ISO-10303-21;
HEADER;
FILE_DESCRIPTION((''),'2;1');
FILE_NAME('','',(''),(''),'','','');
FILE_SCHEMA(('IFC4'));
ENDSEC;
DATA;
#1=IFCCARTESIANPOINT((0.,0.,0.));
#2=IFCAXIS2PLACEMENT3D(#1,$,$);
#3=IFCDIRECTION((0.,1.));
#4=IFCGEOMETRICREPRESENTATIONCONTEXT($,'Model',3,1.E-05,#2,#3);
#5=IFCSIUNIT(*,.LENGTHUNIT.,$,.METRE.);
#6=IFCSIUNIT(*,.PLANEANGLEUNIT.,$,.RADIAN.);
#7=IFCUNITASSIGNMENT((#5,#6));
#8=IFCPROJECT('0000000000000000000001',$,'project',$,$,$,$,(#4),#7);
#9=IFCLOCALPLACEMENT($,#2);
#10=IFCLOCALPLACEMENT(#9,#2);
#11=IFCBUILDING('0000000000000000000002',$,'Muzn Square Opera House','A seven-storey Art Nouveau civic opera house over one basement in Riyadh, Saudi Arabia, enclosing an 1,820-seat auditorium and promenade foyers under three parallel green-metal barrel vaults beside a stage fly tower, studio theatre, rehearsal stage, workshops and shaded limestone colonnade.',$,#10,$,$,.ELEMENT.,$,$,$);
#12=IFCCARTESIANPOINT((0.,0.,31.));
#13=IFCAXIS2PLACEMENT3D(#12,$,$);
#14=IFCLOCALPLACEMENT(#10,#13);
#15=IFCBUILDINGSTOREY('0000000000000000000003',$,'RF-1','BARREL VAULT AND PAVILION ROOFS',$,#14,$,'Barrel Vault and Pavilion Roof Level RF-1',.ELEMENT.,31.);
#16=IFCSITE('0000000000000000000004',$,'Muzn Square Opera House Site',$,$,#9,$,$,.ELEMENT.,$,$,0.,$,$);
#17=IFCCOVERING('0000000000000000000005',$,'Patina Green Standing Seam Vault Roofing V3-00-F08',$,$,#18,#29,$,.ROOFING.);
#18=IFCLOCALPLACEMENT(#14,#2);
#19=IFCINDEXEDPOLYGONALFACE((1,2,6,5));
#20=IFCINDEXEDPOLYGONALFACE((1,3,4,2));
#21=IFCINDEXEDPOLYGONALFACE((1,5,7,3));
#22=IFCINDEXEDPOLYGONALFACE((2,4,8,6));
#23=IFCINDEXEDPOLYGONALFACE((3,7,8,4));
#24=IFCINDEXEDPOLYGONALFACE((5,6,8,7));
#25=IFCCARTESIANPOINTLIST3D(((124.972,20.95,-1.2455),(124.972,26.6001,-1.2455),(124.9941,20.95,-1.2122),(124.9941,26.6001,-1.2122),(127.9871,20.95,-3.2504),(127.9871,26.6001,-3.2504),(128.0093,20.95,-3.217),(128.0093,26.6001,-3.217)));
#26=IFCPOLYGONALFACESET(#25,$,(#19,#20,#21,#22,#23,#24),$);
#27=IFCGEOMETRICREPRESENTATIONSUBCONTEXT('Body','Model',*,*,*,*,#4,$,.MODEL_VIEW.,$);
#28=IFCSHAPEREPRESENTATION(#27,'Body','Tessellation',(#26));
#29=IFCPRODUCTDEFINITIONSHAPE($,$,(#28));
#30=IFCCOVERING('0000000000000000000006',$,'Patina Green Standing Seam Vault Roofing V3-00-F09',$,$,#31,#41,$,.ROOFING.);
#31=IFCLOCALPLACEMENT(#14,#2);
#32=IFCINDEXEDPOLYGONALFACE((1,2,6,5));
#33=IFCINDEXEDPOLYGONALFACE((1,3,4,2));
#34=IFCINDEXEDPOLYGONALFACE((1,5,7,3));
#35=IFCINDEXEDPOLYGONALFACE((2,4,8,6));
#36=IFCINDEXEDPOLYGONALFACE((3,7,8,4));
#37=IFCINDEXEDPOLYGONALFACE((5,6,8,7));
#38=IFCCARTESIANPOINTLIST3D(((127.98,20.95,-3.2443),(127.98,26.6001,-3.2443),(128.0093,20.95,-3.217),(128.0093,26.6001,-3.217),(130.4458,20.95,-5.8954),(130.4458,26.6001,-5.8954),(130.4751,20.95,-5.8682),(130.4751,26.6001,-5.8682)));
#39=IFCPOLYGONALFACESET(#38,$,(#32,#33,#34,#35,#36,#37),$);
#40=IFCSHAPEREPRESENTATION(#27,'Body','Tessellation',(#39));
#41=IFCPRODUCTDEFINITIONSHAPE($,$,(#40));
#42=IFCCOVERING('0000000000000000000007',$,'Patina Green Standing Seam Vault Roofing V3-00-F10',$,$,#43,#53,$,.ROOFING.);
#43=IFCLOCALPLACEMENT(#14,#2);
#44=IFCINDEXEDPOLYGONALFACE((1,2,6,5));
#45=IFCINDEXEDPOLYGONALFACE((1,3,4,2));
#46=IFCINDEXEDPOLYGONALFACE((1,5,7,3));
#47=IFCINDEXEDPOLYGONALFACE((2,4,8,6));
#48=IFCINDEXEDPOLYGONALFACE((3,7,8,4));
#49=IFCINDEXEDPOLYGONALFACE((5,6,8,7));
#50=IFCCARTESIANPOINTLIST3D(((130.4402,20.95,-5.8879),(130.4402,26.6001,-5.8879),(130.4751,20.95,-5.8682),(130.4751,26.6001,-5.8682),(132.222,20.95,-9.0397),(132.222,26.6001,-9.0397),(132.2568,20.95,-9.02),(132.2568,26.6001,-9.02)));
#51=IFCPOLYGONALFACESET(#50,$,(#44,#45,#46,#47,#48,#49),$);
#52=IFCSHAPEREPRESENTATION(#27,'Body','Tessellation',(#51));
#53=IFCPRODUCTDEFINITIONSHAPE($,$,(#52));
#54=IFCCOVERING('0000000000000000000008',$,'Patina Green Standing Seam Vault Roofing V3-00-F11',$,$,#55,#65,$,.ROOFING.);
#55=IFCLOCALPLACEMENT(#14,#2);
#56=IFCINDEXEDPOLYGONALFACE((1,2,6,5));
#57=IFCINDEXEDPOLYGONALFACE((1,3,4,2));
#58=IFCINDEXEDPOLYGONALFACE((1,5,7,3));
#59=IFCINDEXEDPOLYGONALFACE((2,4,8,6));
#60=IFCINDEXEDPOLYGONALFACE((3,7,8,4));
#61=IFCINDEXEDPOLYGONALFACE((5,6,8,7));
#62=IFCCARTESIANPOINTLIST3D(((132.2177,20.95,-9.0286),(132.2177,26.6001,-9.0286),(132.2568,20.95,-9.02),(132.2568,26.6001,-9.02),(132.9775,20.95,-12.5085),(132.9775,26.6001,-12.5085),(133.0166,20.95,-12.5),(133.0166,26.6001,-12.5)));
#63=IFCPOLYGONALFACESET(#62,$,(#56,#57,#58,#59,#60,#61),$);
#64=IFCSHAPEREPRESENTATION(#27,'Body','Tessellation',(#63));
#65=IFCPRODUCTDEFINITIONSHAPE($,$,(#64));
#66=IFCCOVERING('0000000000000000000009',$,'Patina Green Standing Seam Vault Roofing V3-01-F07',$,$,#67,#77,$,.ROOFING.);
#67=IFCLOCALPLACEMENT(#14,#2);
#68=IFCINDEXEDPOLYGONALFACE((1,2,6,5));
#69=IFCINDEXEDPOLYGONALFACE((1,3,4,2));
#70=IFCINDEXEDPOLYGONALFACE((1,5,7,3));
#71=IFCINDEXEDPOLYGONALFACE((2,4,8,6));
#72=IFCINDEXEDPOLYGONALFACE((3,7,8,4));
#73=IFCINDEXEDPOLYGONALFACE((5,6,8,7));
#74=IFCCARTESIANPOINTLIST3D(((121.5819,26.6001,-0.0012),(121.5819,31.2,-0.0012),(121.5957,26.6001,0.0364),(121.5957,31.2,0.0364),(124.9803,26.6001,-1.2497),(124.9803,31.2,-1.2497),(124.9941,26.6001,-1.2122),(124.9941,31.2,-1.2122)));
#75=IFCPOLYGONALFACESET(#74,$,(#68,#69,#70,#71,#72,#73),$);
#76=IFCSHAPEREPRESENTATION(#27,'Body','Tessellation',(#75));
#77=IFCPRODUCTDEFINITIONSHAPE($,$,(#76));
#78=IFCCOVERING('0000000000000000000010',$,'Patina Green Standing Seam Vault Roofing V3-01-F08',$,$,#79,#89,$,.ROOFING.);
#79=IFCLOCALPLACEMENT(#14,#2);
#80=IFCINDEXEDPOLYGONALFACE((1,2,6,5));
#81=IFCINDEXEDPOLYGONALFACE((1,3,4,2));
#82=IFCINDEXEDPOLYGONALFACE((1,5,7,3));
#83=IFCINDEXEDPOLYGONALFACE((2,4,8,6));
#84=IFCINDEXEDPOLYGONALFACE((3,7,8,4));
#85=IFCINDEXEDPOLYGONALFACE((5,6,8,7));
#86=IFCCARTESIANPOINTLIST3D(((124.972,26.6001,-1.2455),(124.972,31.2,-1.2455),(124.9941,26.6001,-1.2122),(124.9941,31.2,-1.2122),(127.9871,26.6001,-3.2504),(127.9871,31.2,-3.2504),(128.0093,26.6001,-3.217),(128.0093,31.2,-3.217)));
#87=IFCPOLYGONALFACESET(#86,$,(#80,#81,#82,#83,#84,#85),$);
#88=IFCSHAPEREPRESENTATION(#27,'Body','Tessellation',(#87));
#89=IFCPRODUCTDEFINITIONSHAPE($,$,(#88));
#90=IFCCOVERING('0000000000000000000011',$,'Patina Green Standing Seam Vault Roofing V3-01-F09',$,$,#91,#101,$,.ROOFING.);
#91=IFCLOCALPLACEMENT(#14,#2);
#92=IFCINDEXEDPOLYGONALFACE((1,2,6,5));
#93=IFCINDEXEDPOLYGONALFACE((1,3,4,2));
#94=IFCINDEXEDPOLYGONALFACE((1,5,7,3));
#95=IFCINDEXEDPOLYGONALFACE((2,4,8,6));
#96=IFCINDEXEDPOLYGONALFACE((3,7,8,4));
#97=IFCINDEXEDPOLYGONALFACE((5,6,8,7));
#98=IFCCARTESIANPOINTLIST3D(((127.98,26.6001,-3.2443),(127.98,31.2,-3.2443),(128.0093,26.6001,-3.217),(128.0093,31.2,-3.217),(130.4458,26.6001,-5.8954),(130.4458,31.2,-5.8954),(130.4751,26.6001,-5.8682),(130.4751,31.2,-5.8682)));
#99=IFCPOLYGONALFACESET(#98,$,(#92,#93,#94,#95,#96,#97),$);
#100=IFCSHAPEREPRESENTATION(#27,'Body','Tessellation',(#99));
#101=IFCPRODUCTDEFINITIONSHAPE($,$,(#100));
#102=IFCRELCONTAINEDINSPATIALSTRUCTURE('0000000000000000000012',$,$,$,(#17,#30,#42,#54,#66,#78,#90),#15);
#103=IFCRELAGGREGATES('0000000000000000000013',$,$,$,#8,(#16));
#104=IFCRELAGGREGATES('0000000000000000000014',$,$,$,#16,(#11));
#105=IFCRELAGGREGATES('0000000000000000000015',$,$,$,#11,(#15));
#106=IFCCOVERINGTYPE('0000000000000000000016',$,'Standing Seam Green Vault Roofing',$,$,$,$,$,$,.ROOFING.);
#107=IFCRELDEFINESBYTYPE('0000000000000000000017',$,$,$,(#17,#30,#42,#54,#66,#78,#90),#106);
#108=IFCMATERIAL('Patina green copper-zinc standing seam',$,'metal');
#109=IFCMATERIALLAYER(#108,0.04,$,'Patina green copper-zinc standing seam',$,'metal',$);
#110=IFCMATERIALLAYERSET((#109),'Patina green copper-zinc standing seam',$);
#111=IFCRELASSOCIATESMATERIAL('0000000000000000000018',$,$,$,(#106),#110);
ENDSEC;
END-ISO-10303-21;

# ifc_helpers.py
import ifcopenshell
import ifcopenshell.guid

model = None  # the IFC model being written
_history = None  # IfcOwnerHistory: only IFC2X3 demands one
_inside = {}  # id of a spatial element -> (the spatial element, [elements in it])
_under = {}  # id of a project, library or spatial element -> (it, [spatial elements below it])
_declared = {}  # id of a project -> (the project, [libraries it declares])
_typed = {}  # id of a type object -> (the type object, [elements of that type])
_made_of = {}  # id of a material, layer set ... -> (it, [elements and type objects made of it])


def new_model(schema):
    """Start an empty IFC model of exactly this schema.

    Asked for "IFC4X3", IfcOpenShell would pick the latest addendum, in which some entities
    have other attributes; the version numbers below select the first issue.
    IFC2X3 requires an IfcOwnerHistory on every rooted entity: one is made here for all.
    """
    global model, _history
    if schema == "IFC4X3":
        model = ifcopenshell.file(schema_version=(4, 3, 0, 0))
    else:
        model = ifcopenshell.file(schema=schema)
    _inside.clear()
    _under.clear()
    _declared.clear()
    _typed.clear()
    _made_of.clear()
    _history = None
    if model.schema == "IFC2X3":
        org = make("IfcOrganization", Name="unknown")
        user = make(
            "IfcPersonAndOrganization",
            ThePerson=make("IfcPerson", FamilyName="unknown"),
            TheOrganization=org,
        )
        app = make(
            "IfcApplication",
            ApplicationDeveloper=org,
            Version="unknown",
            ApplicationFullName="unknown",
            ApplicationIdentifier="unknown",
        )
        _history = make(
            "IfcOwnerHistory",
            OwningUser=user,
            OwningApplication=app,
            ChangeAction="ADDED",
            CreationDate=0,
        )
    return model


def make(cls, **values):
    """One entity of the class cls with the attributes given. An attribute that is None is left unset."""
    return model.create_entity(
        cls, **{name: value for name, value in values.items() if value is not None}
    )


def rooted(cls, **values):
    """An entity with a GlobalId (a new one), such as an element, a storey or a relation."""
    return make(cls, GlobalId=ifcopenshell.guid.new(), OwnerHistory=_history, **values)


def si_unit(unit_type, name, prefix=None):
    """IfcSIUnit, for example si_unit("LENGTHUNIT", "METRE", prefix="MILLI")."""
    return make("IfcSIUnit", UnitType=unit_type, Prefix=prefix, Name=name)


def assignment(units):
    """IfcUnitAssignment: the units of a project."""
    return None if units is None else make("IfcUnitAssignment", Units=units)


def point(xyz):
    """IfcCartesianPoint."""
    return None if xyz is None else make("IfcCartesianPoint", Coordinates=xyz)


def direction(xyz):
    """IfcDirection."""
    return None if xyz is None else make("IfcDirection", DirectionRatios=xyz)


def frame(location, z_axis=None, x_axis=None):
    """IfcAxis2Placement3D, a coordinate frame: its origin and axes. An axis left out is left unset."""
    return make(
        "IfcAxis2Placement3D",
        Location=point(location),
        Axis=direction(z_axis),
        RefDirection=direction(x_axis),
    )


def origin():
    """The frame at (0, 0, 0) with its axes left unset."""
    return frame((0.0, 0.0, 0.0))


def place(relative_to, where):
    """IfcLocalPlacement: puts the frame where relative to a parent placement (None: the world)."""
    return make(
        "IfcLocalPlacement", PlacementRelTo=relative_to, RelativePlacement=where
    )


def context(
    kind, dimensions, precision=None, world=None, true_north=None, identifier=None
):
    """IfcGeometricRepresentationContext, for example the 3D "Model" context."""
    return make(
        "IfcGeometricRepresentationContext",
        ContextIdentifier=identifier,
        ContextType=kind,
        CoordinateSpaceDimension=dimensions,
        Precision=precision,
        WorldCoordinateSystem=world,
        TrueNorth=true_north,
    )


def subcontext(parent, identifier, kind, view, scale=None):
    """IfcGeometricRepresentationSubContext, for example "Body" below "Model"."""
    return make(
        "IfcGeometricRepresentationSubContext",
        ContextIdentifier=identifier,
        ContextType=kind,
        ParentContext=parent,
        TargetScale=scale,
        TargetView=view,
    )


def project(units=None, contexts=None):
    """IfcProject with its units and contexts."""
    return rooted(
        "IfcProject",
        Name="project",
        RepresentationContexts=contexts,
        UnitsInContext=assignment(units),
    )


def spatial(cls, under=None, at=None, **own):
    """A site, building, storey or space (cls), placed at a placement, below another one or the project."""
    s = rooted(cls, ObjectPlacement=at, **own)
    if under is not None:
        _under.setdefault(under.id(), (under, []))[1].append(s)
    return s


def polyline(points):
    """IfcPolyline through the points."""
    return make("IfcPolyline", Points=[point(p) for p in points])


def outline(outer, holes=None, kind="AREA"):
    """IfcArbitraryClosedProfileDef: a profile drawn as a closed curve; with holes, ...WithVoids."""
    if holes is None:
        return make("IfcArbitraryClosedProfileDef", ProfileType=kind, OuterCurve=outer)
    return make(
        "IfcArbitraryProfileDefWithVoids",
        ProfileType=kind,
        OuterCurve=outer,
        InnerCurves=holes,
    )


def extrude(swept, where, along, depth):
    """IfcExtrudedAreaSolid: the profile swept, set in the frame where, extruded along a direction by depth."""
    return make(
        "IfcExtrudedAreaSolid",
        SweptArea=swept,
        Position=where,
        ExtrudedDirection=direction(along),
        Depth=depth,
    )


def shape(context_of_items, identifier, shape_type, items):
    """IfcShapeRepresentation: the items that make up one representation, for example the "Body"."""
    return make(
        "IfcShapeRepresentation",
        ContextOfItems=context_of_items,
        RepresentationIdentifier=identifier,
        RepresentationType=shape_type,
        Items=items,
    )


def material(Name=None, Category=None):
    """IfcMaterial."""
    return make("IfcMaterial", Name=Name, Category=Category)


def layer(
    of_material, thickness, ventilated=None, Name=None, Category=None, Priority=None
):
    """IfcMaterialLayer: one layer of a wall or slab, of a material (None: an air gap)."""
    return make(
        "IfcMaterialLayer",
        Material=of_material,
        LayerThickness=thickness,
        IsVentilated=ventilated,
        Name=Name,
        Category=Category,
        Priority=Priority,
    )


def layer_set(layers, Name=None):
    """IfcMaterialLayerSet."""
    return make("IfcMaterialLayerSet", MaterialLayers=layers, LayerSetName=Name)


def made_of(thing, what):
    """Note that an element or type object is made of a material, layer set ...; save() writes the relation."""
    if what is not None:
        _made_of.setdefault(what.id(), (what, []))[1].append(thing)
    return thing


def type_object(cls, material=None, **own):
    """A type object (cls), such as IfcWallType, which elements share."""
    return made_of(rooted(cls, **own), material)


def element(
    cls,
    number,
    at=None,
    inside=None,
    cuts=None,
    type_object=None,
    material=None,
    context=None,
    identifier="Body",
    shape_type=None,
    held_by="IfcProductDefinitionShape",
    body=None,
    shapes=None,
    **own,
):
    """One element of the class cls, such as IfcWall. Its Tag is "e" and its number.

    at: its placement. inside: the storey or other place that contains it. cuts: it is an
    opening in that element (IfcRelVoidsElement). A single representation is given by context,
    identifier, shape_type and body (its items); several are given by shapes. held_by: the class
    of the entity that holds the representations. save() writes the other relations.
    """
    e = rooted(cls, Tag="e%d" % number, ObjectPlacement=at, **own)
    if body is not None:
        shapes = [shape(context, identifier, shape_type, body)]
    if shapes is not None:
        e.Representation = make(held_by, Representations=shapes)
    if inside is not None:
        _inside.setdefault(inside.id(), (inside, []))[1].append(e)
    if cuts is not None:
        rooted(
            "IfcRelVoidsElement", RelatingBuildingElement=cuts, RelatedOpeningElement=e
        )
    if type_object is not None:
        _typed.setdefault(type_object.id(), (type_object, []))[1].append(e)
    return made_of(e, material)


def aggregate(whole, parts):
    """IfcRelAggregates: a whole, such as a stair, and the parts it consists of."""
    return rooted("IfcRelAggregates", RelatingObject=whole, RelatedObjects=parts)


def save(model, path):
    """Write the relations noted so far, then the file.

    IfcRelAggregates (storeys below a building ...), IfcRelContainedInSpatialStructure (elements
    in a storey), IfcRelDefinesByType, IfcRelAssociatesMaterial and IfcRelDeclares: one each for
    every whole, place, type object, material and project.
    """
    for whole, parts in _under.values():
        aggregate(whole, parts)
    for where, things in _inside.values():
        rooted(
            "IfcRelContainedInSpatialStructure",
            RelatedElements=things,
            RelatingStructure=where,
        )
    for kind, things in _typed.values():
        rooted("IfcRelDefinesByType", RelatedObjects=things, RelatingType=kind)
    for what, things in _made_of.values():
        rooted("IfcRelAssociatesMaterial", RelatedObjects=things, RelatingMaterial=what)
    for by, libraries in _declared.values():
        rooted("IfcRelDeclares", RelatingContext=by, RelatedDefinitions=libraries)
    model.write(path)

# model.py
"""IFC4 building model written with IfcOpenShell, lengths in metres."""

from ifc_helpers import new_model, si_unit, direction, frame, origin, place, context, subcontext, project, spatial, polyline, outline, extrude, material, layer, layer_set, type_object, element, save


model = new_model("IFC4")

# Units and contexts
model_context = context("Model", 3, precision=1e-05, world=origin(), true_north=direction((0.0, 1.0)))
body_context = subcontext(model_context, "Body", "Model", "MODEL_VIEW")
ifc_project = project(units=[si_unit("LENGTHUNIT", "METRE"), si_unit("PLANEANGLEUNIT", "RADIAN")], contexts=[model_context])

# Site, building, storey
site_placement = place(None, origin())
site = spatial("IfcSite", under=ifc_project, at=site_placement, Name="Muzn Square Opera House Site", CompositionType="ELEMENT", RefElevation=0.0)
building_placement = place(site_placement, origin())
building = spatial("IfcBuilding", under=site, at=building_placement, Name="Muzn Square Opera House", Description="A seven-storey Art Nouveau civic opera house over one basement in Riyadh, Saudi Arabia, enclosing an 1,820-seat auditorium and promenade foyers under three parallel green-metal barrel vaults beside a stage fly tower, studio theatre, rehearsal stage, workshops and shaded limestone colonnade.", CompositionType="ELEMENT")
storey_placement = place(building_placement, frame((0.0, 0.0, 31.0)))
storey = spatial("IfcBuildingStorey", under=building, at=storey_placement, Name="RF-1", Description="BARREL VAULT AND PAVILION ROOFS", LongName="Barrel Vault and Pavilion Roof Level RF-1", CompositionType="ELEMENT", Elevation=31.0)

# Shared definitions
ifc_material_1 = material(Name="Patina green copper-zinc standing seam", Category="metal")

# Coverings
ifc_layer_1 = layer(ifc_material_1, 0.04, Name="Patina green copper-zinc standing seam", Category="metal")
ifc_layer_set_1 = layer_set([ifc_layer_1], Name="Patina green copper-zinc standing seam")
covering_type = type_object("IfcCoveringType", Name="Standing Seam Green Vault Roofing", PredefinedType="ROOFING", material=ifc_layer_set_1)
covering_1_placement = place(storey_placement, frame((124.9941, 20.95, -1.2122), z_axis=(0.553704, 0.0, 0.832714), x_axis=(0.832714, 0.0, -0.553704)))
element("IfcCovering", 1, at=covering_1_placement, inside=storey, type_object=covering_type, Name="Patina Green Standing Seam Vault Roofing V3-00-F08", PredefinedType="ROOFING", context=body_context, shape_type="SweptSolid", body=[
    extrude(outline(polyline([(0.0, 0.0), (3.6209, 0.0), (3.6209, 5.6501), (0.0, 5.6501), (0.0, 0.0)])), origin(), (0.0, 0.0, -1.0), 0.04),
])
covering_2_placement = place(storey_placement, frame((128.0093, 20.95, -3.217), z_axis=(0.732234, 0.0, 0.681053), x_axis=(0.681053, 0.0, -0.732234)))
element("IfcCovering", 2, at=covering_2_placement, inside=storey, type_object=covering_type, Name="Patina Green Standing Seam Vault Roofing V3-00-F09", PredefinedType="ROOFING", context=body_context, shape_type="SweptSolid", body=[
    extrude(outline(polyline([(0.0, 0.0), (3.6206, 0.0), (3.6206, 5.6501), (0.0, 5.6501), (0.0, 0.0)])), origin(), (0.0, 0.0, -1.0), 0.04),
])
covering_3_placement = place(storey_placement, frame((130.4751, 20.95, -5.8682), z_axis=(0.870533, 0.0, 0.492111), x_axis=(0.492111, 0.0, -0.870533)))
element("IfcCovering", 3, at=covering_3_placement, inside=storey, type_object=covering_type, Name="Patina Green Standing Seam Vault Roofing V3-00-F10", PredefinedType="ROOFING", context=body_context, shape_type="SweptSolid", body=[
    extrude(outline(polyline([(0.0, 0.0), (3.6206, 0.0), (3.6206, 5.6501), (0.0, 5.6501), (0.0, 0.0)])), origin(), (0.0, 0.0, -1.0), 0.04),
])
covering_4_placement = place(storey_placement, frame((132.2568, 20.95, -9.02), z_axis=(0.976987, 0.0, 0.2133), x_axis=(0.2133, 0.0, -0.976987)))
element("IfcCovering", 4, at=covering_4_placement, inside=storey, type_object=covering_type, Name="Patina Green Standing Seam Vault Roofing V3-00-F11", PredefinedType="ROOFING", context=body_context, shape_type="SweptSolid", body=[
    extrude(outline(polyline([(0.0, 0.0), (3.562, 0.0), (3.562, 5.6501), (0.0, 5.6501), (0.0, 0.0)])), origin(), (0.0, 0.0, -1.0), 0.04),
])
covering_5_placement = place(storey_placement, frame((121.5957, 26.6001, 0.0364), z_axis=(0.344849, 0.0, 0.938658), x_axis=(0.938658, 0.0, -0.344849)))
element("IfcCovering", 5, at=covering_5_placement, inside=storey, type_object=covering_type, Name="Patina Green Standing Seam Vault Roofing V3-01-F07", PredefinedType="ROOFING", context=body_context, shape_type="SweptSolid", body=[
    extrude(outline(polyline([(0.0, 0.0), (3.6205, 0.0), (3.6205, 4.5999), (0.0, 4.5999), (0.0, 0.0)])), origin(), (0.0, 0.0, -1.0), 0.04),
])
covering_6_placement = place(storey_placement, frame((124.9941, 26.6001, -1.2122), z_axis=(0.553704, 0.0, 0.832714), x_axis=(0.832714, 0.0, -0.553704)))
element("IfcCovering", 6, at=covering_6_placement, inside=storey, type_object=covering_type, Name="Patina Green Standing Seam Vault Roofing V3-01-F08", PredefinedType="ROOFING", context=body_context, shape_type="SweptSolid", body=[
    extrude(outline(polyline([(0.0, 0.0), (3.6209, 0.0), (3.6209, 4.5999), (0.0, 4.5999), (0.0, 0.0)])), origin(), (0.0, 0.0, -1.0), 0.04),
])
covering_7_placement = place(storey_placement, frame((128.0093, 26.6001, -3.217), z_axis=(0.732234, 0.0, 0.681053), x_axis=(0.681053, 0.0, -0.732234)))
element("IfcCovering", 7, at=covering_7_placement, inside=storey, type_object=covering_type, Name="Patina Green Standing Seam Vault Roofing V3-01-F09", PredefinedType="ROOFING", context=body_context, shape_type="SweptSolid", body=[
    extrude(outline(polyline([(0.0, 0.0), (3.6206, 0.0), (3.6206, 4.5999), (0.0, 4.5999), (0.0, 0.0)])), origin(), (0.0, 0.0, -1.0), 0.04),
])

save(model, "model.ifc")
